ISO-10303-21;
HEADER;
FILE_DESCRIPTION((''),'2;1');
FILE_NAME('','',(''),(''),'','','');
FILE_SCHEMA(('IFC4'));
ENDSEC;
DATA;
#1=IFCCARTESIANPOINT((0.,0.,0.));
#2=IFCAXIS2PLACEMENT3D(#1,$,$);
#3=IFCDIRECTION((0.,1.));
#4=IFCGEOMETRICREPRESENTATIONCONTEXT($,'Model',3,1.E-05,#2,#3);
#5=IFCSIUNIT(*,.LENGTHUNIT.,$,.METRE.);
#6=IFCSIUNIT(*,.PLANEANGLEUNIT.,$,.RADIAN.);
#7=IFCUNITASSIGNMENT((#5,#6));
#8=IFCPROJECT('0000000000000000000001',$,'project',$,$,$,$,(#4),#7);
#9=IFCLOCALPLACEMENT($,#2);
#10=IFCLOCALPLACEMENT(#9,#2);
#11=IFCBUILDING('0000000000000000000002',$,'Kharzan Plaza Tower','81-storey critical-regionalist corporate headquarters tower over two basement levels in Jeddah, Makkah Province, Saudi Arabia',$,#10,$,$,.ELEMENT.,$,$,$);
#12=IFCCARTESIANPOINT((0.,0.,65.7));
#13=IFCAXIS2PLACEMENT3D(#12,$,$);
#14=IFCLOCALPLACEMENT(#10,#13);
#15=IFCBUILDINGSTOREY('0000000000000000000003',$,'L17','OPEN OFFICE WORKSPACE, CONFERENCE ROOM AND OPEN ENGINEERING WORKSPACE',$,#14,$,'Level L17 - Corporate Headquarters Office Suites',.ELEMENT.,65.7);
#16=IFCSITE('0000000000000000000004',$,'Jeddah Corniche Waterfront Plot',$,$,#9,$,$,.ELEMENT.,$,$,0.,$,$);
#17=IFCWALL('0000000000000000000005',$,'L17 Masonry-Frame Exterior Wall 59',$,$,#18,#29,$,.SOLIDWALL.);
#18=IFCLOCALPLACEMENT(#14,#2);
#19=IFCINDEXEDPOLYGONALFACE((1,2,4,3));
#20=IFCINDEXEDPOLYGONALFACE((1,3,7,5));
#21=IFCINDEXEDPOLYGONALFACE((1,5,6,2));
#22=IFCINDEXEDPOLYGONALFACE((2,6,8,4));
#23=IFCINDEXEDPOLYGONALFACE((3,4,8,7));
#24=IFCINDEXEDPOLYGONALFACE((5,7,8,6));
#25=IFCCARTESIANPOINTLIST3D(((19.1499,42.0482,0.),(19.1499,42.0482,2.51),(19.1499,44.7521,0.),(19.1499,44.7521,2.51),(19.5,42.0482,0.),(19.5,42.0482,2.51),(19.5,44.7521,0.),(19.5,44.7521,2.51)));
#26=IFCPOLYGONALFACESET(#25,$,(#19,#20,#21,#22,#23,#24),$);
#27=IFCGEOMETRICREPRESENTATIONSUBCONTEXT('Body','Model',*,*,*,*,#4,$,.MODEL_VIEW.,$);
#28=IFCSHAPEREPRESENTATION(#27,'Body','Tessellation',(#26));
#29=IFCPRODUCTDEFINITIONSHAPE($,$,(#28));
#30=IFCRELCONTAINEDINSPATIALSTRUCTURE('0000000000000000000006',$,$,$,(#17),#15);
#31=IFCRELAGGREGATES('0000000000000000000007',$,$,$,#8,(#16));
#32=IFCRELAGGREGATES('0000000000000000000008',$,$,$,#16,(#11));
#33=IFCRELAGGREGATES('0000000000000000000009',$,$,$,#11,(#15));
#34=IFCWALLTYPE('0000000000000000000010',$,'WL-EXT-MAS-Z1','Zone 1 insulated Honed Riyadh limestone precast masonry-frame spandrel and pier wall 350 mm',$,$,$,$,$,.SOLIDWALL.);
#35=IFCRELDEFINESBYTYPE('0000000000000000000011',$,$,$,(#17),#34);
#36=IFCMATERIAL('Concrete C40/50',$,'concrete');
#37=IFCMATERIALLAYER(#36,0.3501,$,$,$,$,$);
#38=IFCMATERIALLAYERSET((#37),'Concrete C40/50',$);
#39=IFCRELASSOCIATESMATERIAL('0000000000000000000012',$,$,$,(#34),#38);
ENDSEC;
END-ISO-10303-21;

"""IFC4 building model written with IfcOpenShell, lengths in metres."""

from ifc_helpers import new_model, si_unit, direction, frame, frame_2d, origin, place, context, subcontext, project, spatial, rectangle, extrude, source, transform, mapped, material, layer, layer_set, type_object, element, save


model = new_model("IFC4")

# Units and contexts
model_context = context("Model", 3, precision=1e-05, world=origin(), true_north=direction((0.0, 1.0)))
body_context = subcontext(model_context, "Body", "Model", "MODEL_VIEW")
ifc_project = project(units=[si_unit("LENGTHUNIT", "METRE"), si_unit("PLANEANGLEUNIT", "RADIAN")], contexts=[model_context])

# Site, building, storey
site_placement = place(None, origin())
site = spatial("IfcSite", under=ifc_project, at=site_placement, Name="Jeddah Corniche Waterfront Plot", CompositionType="ELEMENT", RefElevation=0.0)
building_placement = place(site_placement, origin())
building = spatial("IfcBuilding", under=site, at=building_placement, Name="Kharzan Plaza Tower", Description="81-storey critical-regionalist corporate headquarters tower over two basement levels in Jeddah, Makkah Province, Saudi Arabia", CompositionType="ELEMENT")
storey_placement = place(building_placement, frame((0.0, 0.0, 65.7)))
storey = spatial("IfcBuildingStorey", under=building, at=storey_placement, Name="L17", Description="OPEN OFFICE WORKSPACE, CONFERENCE ROOM AND OPEN ENGINEERING WORKSPACE", LongName="Level L17 - Corporate Headquarters Office Suites", CompositionType="ELEMENT", Elevation=65.7)

# Shared definitions
ifc_material_1 = material(Name="Concrete C40/50", Category="concrete")
ifc_layer_1 = layer(ifc_material_1, 0.3501)
ifc_layer_set_1 = layer_set([ifc_layer_1], Name="Concrete C40/50")
wall_type = type_object("IfcWallType", Name="WL-EXT-MAS-Z1", Description="Zone 1 insulated Honed Riyadh limestone precast masonry-frame spandrel and pier wall 350 mm", PredefinedType="SOLIDWALL", material=ifc_layer_set_1)

# Wall
shared_shape_1 = source(origin(), body_context, "Body", "SweptSolid", [
    extrude(rectangle(XDim=2.7039, YDim=0.3501, at=frame_2d((1.3521, 0.0))), origin(), (0.0, 0.0, 1.0), 2.51),
])
wall_1_placement = place(storey_placement, frame((19.325, 42.0481, 0.0), z_axis=(0.0, 0.0, 1.0), x_axis=(0.0, 1.0, 0.0)))
element("IfcWall", 1, at=wall_1_placement, inside=storey, type_object=wall_type, Name="L17 Masonry-Frame Exterior Wall 59", PredefinedType="SOLIDWALL", context=body_context, shape_type="MappedRepresentation", body=[
    mapped(shared_shape_1, transform((0.0, 0.0, 0.0), x_axis=(1.0, 0.0, 0.0), y_axis=(0.0, 1.0, 0.0), z_axis=(0.0, 0.0, 1.0))),
])

save(model, "model.ifc")
